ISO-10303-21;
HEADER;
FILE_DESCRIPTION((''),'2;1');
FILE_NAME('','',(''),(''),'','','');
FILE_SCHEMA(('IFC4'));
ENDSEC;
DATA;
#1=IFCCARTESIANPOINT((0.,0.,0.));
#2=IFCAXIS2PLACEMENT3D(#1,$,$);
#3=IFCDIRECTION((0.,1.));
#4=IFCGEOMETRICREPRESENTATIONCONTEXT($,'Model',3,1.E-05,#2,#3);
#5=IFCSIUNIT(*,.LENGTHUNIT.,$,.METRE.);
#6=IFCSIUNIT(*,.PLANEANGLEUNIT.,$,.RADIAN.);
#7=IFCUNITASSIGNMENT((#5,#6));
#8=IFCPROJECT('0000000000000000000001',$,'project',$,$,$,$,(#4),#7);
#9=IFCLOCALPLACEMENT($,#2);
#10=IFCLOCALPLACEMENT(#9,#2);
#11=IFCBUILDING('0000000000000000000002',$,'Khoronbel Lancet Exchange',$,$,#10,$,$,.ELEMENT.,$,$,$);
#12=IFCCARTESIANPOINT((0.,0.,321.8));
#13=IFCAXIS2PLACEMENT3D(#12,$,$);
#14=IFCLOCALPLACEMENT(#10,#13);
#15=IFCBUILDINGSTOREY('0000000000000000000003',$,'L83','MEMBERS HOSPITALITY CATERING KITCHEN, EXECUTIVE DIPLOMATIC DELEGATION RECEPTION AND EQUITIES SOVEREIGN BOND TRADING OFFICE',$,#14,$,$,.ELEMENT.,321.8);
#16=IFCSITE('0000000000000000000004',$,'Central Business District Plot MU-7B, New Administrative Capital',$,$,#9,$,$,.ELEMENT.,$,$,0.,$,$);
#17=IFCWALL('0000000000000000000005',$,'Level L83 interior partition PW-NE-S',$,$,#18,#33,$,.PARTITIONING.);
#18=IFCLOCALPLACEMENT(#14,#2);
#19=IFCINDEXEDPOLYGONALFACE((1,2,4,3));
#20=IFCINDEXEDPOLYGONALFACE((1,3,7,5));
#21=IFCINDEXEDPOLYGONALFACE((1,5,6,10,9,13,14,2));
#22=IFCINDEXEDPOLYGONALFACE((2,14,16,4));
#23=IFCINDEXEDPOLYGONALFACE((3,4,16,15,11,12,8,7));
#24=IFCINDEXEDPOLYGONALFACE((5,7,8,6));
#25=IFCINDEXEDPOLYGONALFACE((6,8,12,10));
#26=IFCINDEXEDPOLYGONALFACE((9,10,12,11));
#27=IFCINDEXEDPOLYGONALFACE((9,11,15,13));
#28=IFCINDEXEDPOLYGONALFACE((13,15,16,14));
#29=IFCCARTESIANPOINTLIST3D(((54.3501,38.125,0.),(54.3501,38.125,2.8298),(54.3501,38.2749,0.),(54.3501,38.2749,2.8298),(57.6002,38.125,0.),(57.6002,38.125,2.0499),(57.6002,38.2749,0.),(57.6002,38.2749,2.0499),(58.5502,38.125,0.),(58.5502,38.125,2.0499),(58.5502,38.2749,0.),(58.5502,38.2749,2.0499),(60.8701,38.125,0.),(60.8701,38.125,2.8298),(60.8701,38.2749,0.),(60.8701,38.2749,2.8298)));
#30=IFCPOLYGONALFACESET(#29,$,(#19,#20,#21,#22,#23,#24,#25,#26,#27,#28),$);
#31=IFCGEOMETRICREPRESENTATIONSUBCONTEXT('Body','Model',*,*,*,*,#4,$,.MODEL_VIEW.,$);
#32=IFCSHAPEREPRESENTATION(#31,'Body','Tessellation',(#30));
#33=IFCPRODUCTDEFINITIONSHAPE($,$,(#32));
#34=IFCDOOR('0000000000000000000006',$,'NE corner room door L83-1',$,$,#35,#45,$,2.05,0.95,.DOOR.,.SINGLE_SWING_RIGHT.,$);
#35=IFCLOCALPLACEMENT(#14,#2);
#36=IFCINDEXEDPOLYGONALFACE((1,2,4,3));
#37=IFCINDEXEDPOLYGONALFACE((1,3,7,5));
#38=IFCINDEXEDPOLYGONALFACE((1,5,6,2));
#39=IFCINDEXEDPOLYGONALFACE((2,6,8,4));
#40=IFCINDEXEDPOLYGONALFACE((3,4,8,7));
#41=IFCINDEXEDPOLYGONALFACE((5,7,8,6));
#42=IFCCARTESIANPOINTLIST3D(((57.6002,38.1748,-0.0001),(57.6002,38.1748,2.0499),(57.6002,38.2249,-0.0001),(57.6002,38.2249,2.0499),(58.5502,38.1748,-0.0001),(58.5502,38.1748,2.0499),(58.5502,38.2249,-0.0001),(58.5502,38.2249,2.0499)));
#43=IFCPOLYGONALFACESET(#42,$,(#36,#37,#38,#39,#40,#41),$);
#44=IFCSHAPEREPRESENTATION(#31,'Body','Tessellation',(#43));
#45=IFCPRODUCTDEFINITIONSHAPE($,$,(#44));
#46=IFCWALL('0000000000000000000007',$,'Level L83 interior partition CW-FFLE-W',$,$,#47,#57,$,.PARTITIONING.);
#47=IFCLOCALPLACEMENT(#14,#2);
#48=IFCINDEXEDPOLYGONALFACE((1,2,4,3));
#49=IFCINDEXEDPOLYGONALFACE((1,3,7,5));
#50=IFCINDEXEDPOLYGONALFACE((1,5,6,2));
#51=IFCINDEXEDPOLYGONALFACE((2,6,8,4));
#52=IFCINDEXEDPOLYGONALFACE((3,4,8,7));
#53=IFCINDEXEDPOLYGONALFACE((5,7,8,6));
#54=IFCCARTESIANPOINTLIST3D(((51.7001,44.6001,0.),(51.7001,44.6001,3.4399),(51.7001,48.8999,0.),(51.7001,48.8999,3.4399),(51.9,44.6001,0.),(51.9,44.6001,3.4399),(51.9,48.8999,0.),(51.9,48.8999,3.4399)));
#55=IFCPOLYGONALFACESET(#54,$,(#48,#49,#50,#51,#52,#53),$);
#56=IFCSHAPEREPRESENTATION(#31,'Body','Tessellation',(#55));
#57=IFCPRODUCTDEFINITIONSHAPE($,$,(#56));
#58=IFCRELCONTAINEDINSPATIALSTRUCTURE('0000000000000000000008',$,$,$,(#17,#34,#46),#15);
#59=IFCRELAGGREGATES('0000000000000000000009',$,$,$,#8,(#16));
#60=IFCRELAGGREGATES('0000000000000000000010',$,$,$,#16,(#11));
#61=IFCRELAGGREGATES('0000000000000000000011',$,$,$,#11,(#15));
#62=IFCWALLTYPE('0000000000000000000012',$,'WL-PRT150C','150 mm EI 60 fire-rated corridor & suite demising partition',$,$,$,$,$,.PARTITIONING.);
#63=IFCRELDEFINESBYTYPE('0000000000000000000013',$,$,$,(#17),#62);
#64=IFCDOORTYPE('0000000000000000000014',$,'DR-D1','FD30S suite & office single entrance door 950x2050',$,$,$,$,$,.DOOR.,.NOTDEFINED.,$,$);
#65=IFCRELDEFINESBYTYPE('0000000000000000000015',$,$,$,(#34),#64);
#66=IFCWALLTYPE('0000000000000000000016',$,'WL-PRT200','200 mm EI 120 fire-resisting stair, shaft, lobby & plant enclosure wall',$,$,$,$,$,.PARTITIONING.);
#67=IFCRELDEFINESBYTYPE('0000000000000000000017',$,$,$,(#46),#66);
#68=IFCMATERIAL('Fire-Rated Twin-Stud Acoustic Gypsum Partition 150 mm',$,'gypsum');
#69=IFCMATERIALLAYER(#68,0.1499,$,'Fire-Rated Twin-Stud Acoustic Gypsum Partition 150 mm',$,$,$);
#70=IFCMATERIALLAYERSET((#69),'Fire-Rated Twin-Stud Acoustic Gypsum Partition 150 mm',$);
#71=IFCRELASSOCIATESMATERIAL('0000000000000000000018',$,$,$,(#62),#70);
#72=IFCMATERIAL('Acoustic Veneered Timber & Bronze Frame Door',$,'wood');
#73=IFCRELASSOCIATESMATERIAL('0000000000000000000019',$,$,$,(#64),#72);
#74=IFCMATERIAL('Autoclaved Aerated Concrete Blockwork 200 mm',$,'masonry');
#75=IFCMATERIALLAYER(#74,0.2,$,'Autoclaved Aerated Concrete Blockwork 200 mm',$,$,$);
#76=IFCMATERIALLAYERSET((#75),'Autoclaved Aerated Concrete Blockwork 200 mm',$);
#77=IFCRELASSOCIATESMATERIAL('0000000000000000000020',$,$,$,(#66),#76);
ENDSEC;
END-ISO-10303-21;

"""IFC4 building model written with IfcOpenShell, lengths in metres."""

from ifc_helpers import new_model, si_unit, direction, frame, frame_2d, origin, place, context, subcontext, project, spatial, rectangle, extrude, material, layer, layer_set, type_object, element, fill, save


model = new_model("IFC4")

# Units and contexts
model_context = context("Model", 3, precision=1e-05, world=origin(), true_north=direction((0.0, 1.0)))
body_context = subcontext(model_context, "Body", "Model", "MODEL_VIEW")
ifc_project = project(units=[si_unit("LENGTHUNIT", "METRE"), si_unit("PLANEANGLEUNIT", "RADIAN")], contexts=[model_context])

# Site, building, storey
site_placement = place(None, origin())
site = spatial("IfcSite", under=ifc_project, at=site_placement, Name="Central Business District Plot MU-7B, New Administrative Capital", CompositionType="ELEMENT", RefElevation=0.0)
building_placement = place(site_placement, origin())
building = spatial("IfcBuilding", under=site, at=building_placement, Name="Khoronbel Lancet Exchange", CompositionType="ELEMENT")
storey_placement = place(building_placement, frame((0.0, 0.0, 321.8)))
storey = spatial("IfcBuildingStorey", under=building, at=storey_placement, Name="L83", Description="MEMBERS HOSPITALITY CATERING KITCHEN, EXECUTIVE DIPLOMATIC DELEGATION RECEPTION AND EQUITIES SOVEREIGN BOND TRADING OFFICE", CompositionType="ELEMENT", Elevation=321.8)

# Wall, opening, door
ifc_material_1 = material(Name="Fire-Rated Twin-Stud Acoustic Gypsum Partition 150 mm", Category="gypsum")
ifc_layer_1 = layer(ifc_material_1, 0.1499, Name="Fire-Rated Twin-Stud Acoustic Gypsum Partition 150 mm")
ifc_layer_set_1 = layer_set([ifc_layer_1], Name="Fire-Rated Twin-Stud Acoustic Gypsum Partition 150 mm")
wall_type_1 = type_object("IfcWallType", Name="WL-PRT150C", Description="150 mm EI 60 fire-rated corridor & suite demising partition", PredefinedType="PARTITIONING", material=ifc_layer_set_1)
wall_1_placement = place(storey_placement, frame((54.3501, 38.2, 0.0), z_axis=(0.0, 0.0, 1.0), x_axis=(1.0, 0.0, 0.0)))
wall_1 = element("IfcWall", 1, at=wall_1_placement, inside=storey, type_object=wall_type_1, Name="Level L83 interior partition PW-NE-S", PredefinedType="PARTITIONING", context=body_context, shape_type="SweptSolid", body=[
    extrude(rectangle(XDim=6.52, YDim=0.1499, at=frame_2d((3.26, 0.0))), origin(), (0.0, 0.0, 1.0), 2.8298),
])
opening_1_placement = place(wall_1_placement, frame((3.25, 0.0, 0.0)))
opening_1 = element("IfcOpeningElement", 2, at=opening_1_placement, cuts=wall_1, PredefinedType="OPENING", context=body_context, shape_type="SweptSolid", body=[
    extrude(rectangle(XDim=0.95, YDim=2.05, at=frame_2d((0.4751, 1.0249))), frame((0.0, 0.085, 0.0), z_axis=(0.0, -1.0, 0.0), x_axis=(1.0, 0.0, 0.0)), (0.0, 0.0, 1.0), 0.1699),
])
ifc_material_2 = material(Name="Acoustic Veneered Timber & Bronze Frame Door", Category="wood")
door_type_1 = type_object("IfcDoorType", Name="DR-D1", Description="FD30S suite & office single entrance door 950x2050", OperationType="NOTDEFINED", PredefinedType="DOOR", material=ifc_material_2)
door_1_placement = place(opening_1_placement, origin())
door_1 = element("IfcDoor", 3, at=door_1_placement, inside=storey, type_object=door_type_1, Name="NE corner room door L83-1", OperationType="SINGLE_SWING_RIGHT", OverallHeight=2.05, OverallWidth=0.95, PredefinedType="DOOR", context=body_context, shape_type="SweptSolid", body=[
    extrude(rectangle(XDim=0.95, YDim=2.05, at=frame_2d((0.4751, 1.0249))), frame((0.0, 0.0249, 0.0), z_axis=(0.0, -1.0, 0.0), x_axis=(1.0, 0.0, 0.0)), (0.0, 0.0, 1.0), 0.05),
])
fill(opening_1, door_1)

# Wall
ifc_material_3 = material(Name="Autoclaved Aerated Concrete Blockwork 200 mm", Category="masonry")
ifc_layer_2 = layer(ifc_material_3, 0.2, Name="Autoclaved Aerated Concrete Blockwork 200 mm")
ifc_layer_set_2 = layer_set([ifc_layer_2], Name="Autoclaved Aerated Concrete Blockwork 200 mm")
wall_type_2 = type_object("IfcWallType", Name="WL-PRT200", Description="200 mm EI 120 fire-resisting stair, shaft, lobby & plant enclosure wall", PredefinedType="PARTITIONING", material=ifc_layer_set_2)
wall_2_placement = place(storey_placement, frame((51.8, 44.6001, 0.0), z_axis=(0.0, 0.0, 1.0), x_axis=(0.0, 1.0, 0.0)))
element("IfcWall", 4, at=wall_2_placement, inside=storey, type_object=wall_type_2, Name="Level L83 interior partition CW-FFLE-W", PredefinedType="PARTITIONING", context=body_context, shape_type="SweptSolid", body=[
    extrude(rectangle(XDim=4.2998, YDim=0.2, at=frame_2d((2.1499, 0.0))), origin(), (0.0, 0.0, 1.0), 3.4399),
])

save(model, "model.ifc")
